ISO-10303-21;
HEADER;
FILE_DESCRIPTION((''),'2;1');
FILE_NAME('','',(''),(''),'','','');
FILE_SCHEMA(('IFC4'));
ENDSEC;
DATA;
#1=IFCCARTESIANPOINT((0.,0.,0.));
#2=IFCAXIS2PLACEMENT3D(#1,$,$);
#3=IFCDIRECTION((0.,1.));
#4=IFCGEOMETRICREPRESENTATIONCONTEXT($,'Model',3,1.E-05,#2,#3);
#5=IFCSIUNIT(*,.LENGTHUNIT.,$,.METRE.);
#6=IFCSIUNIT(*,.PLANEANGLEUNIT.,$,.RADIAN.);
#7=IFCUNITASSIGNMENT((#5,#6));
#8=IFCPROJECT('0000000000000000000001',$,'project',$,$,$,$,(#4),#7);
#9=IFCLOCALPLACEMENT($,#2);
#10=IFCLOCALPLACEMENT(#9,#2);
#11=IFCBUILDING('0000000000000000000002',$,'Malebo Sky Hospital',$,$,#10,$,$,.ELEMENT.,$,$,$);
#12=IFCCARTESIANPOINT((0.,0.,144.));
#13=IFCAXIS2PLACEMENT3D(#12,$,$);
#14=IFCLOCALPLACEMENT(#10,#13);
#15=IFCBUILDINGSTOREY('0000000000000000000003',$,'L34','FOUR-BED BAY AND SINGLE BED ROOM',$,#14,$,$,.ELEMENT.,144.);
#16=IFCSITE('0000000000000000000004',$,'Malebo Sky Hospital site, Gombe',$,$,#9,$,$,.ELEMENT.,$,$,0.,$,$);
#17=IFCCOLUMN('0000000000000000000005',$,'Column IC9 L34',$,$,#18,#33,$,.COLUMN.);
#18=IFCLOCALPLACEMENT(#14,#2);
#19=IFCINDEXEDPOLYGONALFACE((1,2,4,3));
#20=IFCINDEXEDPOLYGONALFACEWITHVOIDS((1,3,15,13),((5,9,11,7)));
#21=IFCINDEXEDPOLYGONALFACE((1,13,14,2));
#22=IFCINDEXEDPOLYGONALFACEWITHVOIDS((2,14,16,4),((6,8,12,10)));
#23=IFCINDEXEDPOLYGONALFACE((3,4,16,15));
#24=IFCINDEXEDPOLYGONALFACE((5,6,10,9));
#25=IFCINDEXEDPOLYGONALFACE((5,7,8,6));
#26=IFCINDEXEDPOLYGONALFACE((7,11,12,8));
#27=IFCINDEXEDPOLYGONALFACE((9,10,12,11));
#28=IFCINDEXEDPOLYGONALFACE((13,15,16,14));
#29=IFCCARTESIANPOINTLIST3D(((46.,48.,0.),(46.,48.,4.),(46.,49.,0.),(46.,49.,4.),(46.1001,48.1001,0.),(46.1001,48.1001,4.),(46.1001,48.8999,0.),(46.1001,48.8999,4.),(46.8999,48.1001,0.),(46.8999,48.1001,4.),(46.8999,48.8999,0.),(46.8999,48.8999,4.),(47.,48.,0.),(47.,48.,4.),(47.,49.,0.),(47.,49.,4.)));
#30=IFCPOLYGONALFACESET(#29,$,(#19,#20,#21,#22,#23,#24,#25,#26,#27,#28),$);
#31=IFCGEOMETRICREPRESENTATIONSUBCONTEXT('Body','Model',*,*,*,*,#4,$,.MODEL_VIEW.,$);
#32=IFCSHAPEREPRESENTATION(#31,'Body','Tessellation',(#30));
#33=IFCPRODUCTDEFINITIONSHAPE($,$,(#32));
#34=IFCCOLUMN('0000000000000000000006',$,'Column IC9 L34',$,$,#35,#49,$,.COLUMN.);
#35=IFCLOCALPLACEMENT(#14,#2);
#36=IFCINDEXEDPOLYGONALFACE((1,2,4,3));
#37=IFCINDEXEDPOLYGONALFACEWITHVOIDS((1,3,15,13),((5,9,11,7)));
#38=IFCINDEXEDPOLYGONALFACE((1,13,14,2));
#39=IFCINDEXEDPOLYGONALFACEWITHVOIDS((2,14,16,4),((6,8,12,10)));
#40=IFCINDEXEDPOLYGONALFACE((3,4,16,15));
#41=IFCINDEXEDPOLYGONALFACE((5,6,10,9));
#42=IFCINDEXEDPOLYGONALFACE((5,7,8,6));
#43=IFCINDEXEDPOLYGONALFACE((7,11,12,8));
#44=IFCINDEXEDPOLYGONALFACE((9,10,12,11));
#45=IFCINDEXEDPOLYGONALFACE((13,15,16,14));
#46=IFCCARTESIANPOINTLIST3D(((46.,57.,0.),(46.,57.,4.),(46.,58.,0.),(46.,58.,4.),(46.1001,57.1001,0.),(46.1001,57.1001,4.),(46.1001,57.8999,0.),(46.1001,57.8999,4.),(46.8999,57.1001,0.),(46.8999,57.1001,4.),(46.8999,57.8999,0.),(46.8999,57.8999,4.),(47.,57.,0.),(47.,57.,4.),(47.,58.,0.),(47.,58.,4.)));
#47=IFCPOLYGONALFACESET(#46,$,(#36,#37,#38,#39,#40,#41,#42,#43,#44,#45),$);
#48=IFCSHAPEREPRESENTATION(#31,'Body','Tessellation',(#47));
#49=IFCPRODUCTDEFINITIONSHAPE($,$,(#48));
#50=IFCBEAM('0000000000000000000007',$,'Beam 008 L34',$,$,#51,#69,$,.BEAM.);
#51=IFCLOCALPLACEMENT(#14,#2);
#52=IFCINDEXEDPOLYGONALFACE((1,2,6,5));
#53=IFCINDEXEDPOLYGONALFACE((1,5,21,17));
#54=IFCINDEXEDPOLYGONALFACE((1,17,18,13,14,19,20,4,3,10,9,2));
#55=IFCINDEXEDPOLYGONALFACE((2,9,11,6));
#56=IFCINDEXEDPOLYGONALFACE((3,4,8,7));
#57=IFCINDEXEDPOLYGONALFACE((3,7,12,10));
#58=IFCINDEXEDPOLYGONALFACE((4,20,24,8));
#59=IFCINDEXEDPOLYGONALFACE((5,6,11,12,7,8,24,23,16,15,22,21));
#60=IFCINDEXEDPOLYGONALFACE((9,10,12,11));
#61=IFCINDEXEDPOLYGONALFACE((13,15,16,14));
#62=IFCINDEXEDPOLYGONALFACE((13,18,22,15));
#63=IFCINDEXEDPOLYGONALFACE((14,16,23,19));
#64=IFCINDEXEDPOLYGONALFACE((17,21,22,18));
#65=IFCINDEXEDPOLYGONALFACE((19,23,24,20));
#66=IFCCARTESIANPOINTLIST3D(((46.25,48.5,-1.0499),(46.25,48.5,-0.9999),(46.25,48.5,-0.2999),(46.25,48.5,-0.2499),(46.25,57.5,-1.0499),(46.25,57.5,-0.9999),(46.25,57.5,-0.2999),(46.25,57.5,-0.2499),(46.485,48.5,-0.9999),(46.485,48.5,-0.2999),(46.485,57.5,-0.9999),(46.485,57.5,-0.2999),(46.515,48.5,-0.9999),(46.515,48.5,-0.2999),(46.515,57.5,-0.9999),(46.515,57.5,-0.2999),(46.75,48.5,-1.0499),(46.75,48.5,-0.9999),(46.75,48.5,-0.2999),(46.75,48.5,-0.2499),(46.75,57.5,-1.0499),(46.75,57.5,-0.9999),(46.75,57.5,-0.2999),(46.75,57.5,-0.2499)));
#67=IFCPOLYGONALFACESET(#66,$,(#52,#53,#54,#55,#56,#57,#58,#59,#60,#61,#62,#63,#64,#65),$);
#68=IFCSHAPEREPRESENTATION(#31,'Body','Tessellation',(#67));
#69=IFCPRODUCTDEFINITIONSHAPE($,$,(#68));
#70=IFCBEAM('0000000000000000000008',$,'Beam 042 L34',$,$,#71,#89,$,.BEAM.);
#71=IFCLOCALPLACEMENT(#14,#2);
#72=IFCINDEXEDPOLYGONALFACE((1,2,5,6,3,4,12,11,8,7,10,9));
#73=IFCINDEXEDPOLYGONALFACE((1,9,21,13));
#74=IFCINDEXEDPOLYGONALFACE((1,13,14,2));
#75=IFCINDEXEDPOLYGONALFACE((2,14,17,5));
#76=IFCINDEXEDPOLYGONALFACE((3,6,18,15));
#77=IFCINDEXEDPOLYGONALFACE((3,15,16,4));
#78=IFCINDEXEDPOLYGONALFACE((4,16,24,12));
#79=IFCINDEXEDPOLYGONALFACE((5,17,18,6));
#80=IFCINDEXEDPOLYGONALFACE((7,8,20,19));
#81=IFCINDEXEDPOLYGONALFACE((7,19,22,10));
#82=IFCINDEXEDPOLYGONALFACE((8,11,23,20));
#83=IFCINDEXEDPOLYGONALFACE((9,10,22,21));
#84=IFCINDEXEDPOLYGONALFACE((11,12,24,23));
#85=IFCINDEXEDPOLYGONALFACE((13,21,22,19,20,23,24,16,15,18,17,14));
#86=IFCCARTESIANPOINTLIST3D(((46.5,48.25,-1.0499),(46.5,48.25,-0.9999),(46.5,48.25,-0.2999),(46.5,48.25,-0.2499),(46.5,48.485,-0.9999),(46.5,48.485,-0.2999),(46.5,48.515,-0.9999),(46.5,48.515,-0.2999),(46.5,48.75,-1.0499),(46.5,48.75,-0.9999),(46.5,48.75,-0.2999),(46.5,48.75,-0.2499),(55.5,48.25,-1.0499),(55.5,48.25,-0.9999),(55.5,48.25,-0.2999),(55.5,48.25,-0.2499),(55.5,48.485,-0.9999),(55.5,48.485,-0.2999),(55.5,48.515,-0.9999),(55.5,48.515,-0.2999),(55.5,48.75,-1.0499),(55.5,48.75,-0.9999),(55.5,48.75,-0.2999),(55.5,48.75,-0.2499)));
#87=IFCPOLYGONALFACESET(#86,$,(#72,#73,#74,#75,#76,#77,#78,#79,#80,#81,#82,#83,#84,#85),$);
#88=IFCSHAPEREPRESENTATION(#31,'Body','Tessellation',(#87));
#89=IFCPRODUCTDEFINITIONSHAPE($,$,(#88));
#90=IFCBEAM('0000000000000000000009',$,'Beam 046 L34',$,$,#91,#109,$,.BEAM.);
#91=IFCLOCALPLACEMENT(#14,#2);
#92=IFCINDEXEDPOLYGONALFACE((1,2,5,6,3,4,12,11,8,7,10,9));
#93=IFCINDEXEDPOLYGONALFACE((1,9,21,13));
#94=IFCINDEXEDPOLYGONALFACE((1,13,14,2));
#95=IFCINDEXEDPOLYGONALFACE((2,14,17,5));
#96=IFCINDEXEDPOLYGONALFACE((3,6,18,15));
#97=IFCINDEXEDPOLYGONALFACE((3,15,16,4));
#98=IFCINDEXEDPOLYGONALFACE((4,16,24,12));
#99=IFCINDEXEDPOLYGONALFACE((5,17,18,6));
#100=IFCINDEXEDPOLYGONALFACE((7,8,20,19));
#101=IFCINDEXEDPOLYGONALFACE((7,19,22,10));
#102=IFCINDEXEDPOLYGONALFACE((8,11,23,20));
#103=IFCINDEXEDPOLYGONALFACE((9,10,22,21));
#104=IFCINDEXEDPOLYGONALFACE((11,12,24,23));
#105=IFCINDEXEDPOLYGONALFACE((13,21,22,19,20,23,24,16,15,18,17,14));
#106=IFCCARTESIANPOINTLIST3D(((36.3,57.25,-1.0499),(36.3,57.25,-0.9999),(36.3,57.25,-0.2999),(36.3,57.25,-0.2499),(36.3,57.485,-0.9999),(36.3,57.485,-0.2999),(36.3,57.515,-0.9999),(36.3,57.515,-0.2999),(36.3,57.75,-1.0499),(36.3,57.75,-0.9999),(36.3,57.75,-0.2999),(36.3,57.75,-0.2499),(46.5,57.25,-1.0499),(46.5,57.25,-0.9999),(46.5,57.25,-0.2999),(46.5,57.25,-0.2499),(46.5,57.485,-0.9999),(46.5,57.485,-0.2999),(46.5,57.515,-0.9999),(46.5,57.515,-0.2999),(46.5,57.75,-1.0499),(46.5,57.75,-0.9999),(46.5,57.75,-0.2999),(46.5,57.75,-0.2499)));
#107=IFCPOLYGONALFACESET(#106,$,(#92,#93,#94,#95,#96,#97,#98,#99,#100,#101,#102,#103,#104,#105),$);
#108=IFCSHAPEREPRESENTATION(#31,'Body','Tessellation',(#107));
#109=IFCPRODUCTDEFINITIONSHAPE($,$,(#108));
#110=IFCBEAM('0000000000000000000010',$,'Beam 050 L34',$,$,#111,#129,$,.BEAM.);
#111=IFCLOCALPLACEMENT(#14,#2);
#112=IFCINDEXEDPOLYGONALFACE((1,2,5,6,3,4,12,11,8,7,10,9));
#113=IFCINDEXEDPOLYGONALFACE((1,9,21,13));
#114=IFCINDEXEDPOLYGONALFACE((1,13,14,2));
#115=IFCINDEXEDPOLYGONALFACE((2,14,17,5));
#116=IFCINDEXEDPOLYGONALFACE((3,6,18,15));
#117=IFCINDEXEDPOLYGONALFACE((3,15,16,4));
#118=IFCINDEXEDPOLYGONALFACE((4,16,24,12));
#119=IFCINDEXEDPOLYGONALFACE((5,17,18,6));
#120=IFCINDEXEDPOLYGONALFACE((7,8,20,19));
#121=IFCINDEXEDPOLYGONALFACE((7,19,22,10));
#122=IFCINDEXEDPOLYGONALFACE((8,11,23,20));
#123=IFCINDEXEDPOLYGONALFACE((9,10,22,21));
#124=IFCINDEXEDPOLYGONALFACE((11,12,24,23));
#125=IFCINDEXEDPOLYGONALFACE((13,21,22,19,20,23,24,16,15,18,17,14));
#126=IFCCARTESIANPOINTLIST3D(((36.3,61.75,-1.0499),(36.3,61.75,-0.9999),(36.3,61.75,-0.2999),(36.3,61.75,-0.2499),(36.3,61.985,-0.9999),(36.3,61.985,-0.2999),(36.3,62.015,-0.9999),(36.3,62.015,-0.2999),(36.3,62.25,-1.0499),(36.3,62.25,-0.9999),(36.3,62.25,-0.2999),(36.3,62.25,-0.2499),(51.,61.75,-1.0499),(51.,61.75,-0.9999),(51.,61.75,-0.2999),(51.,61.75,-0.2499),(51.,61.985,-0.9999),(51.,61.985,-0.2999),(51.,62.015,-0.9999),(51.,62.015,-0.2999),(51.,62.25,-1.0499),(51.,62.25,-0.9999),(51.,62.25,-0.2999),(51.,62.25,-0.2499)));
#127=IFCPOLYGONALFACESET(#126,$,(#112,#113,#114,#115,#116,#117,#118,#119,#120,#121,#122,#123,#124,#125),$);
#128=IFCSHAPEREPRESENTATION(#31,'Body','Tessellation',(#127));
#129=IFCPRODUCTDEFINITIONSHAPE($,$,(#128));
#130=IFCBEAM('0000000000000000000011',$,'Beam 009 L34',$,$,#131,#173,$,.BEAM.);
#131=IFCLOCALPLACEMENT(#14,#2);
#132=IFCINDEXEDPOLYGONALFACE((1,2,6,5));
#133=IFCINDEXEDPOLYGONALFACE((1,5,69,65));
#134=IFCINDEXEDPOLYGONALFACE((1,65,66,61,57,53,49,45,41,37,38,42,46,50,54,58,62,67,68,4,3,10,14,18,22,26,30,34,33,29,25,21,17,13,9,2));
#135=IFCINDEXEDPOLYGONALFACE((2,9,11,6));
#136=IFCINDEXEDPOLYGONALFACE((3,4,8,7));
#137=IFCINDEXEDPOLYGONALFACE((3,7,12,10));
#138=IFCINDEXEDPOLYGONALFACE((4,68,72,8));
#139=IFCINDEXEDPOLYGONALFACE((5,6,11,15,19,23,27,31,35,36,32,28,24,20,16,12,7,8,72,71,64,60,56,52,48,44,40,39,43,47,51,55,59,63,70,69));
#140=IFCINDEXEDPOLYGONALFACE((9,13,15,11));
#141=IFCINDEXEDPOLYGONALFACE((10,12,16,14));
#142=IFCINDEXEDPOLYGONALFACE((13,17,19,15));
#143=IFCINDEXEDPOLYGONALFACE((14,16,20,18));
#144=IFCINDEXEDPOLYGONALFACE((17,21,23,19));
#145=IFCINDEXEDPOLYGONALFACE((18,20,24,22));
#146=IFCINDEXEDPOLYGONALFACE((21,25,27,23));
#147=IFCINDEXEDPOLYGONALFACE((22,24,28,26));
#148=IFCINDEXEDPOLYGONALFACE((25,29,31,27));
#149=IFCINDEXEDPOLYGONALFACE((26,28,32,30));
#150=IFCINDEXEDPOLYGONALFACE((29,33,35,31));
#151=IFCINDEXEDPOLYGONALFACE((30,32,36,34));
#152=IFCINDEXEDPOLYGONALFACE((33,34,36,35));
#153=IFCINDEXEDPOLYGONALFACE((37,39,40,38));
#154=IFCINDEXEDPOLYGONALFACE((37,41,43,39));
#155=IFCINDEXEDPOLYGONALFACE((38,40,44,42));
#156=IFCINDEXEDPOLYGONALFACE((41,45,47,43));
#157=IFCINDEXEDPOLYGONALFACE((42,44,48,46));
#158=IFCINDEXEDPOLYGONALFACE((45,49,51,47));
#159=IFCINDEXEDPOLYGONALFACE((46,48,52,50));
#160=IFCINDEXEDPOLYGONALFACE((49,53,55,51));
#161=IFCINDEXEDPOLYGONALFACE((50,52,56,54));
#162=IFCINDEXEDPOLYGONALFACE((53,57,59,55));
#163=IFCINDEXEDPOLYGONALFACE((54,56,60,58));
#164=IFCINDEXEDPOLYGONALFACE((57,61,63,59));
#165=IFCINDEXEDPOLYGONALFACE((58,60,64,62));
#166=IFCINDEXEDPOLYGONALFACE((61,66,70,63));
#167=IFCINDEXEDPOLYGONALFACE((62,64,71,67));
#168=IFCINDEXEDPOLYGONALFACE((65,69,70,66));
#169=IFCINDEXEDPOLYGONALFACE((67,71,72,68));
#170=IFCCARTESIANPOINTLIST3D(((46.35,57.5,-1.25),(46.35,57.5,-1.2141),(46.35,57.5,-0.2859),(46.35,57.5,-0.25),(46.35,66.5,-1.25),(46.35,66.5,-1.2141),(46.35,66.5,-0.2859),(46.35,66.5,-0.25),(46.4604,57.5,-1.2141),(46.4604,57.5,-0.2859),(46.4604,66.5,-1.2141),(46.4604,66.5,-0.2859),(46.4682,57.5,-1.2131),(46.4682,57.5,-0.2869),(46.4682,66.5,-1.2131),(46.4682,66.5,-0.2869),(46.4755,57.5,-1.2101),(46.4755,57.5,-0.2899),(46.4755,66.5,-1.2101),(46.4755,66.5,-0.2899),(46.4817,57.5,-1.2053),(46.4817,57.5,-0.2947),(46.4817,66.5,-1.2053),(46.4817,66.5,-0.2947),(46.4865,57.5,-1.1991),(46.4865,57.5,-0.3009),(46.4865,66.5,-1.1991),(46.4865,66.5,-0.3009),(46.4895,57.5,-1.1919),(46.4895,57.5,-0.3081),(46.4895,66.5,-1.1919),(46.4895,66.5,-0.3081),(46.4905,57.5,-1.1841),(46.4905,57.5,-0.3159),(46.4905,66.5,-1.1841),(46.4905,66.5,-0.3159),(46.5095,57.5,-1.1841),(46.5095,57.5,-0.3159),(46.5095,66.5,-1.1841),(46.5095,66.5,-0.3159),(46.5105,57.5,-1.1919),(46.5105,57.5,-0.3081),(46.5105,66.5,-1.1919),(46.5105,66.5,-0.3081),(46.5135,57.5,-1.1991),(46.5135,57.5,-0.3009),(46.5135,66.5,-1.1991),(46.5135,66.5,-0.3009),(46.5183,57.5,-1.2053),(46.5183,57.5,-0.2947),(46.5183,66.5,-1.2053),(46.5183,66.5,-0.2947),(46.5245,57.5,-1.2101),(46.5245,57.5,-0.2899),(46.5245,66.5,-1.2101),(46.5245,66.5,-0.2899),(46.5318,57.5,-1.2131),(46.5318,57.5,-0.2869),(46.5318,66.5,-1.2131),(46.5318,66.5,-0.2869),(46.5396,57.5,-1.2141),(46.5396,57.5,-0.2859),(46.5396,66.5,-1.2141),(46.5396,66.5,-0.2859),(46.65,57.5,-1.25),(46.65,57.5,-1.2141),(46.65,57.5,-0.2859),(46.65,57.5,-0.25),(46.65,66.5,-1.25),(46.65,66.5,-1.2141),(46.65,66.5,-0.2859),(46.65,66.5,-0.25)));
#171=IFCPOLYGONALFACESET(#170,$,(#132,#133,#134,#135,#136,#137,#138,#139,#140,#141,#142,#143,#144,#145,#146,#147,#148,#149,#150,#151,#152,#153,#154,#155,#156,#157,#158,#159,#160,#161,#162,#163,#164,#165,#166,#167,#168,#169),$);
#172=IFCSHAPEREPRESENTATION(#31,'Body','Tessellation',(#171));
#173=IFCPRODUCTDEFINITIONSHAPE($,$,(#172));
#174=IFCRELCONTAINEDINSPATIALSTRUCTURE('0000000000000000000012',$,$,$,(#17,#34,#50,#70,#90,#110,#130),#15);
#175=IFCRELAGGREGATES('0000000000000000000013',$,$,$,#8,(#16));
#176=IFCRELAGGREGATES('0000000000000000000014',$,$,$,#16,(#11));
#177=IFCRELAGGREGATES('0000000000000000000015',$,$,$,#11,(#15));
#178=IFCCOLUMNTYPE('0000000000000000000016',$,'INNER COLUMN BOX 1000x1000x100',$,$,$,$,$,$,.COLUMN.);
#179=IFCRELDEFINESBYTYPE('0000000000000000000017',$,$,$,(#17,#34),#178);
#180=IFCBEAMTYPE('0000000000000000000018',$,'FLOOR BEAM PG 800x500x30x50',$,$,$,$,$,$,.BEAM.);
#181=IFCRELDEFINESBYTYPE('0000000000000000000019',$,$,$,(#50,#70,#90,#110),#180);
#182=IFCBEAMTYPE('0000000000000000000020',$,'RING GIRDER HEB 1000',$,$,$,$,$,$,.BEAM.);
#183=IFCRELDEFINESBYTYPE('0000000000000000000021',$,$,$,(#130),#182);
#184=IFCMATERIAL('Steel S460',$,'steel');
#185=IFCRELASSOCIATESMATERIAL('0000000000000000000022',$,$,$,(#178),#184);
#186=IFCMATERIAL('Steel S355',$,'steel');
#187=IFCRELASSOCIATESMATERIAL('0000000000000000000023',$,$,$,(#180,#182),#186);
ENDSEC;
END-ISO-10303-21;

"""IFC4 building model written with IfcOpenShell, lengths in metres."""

from ifc_helpers import new_model, si_unit, direction, frame, origin, origin_2d, place, context, subcontext, project, spatial, hollow_rectangle, i_section, extrude, material, material_profile, profile_set, type_object, element, save


model = new_model("IFC4")

# Units and contexts
model_context = context("Model", 3, precision=1e-05, world=origin(), true_north=direction((0.0, 1.0)))
body_context = subcontext(model_context, "Body", "Model", "MODEL_VIEW")
ifc_project = project(units=[si_unit("LENGTHUNIT", "METRE"), si_unit("PLANEANGLEUNIT", "RADIAN")], contexts=[model_context])

# Site, building, storey
site_placement = place(None, origin())
site = spatial("IfcSite", under=ifc_project, at=site_placement, Name="Malebo Sky Hospital site, Gombe", CompositionType="ELEMENT", RefElevation=0.0)
building_placement = place(site_placement, origin())
building = spatial("IfcBuilding", under=site, at=building_placement, Name="Malebo Sky Hospital", CompositionType="ELEMENT")
storey_placement = place(building_placement, frame((0.0, 0.0, 144.0)))
storey = spatial("IfcBuildingStorey", under=building, at=storey_placement, Name="L34", Description="FOUR-BED BAY AND SINGLE BED ROOM", CompositionType="ELEMENT", Elevation=144.0)

# Columns
ifc_material_1 = material(Name="Steel S460", Category="steel")
ifc_material_profile_1 = material_profile(ifc_material_1, hollow_rectangle(XDim=1.0, YDim=1.0, WallThickness=0.1001, at=origin_2d()), Name="BOX 1000x1000x100")
ifc_profile_set_1 = profile_set([ifc_material_profile_1], Name="Steel S460")
column_type = type_object("IfcColumnType", Name="INNER COLUMN BOX 1000x1000x100", PredefinedType="COLUMN", material=ifc_profile_set_1)
for number, where, z_axis, x_axis, name in (
    (1, (46.5, 48.5, 0.0), (0.0, 0.0, 1.0), (1.0, 0.0, 0.0), "Column IC9 L34"),
    (2, (46.5, 57.5, 0.0), (0.0, 0.0, 1.0), (1.0, 0.0, 0.0), "Column IC9 L34"),
):
    element("IfcColumn", number, at=place(storey_placement, frame(where, z_axis=z_axis, x_axis=x_axis)), inside=storey, type_object=column_type, Name=name, PredefinedType="COLUMN", context=body_context, shape_type="SweptSolid", body=[
        extrude(hollow_rectangle(XDim=1.0, YDim=1.0, WallThickness=0.1001, at=origin_2d()), origin(), (0.0, 0.0, 1.0), 4.0),
    ])

# Beams
ifc_material_2 = material(Name="Steel S355", Category="steel")
ifc_material_profile_2 = material_profile(ifc_material_2, i_section(OverallWidth=0.5, OverallDepth=0.8, WebThickness=0.03, FlangeThickness=0.05, at=origin_2d()), Name="PG 800x500x30x50")
ifc_profile_set_2 = profile_set([ifc_material_profile_2], Name="Steel S355")
beam_type_1 = type_object("IfcBeamType", Name="FLOOR BEAM PG 800x500x30x50", PredefinedType="BEAM", material=ifc_profile_set_2)
for number, where, z_axis, x_axis, name in (
    (3, (46.5, 48.5, -0.6499), (0.0, 1.0, 0.0), (-1.0, 0.0, 0.0), "Beam 008 L34"),
    (4, (46.5, 48.5, -0.6499), (1.0, 0.0, 0.0), (0.0, 1.0, 0.0), "Beam 042 L34"),
):
    element("IfcBeam", number, at=place(storey_placement, frame(where, z_axis=z_axis, x_axis=x_axis)), inside=storey, type_object=beam_type_1, Name=name, PredefinedType="BEAM", context=body_context, shape_type="SweptSolid", body=[
        extrude(i_section(OverallWidth=0.5, OverallDepth=0.8, WebThickness=0.03, FlangeThickness=0.05, at=origin_2d()), origin(), (0.0, 0.0, 1.0), 9.0),
    ])
beam_1_placement = place(storey_placement, frame((36.3, 57.5, -0.6499), z_axis=(1.0, 0.0, 0.0), x_axis=(0.0, 1.0, 0.0)))
element("IfcBeam", 5, at=beam_1_placement, inside=storey, type_object=beam_type_1, Name="Beam 046 L34", PredefinedType="BEAM", context=body_context, shape_type="SweptSolid", body=[
    extrude(i_section(OverallWidth=0.5, OverallDepth=0.8, WebThickness=0.03, FlangeThickness=0.05, at=origin_2d()), origin(), (0.0, 0.0, 1.0), 10.2),
])
beam_2_placement = place(storey_placement, frame((36.3, 62.0, -0.6499), z_axis=(1.0, 0.0, 0.0), x_axis=(0.0, 1.0, 0.0)))
element("IfcBeam", 6, at=beam_2_placement, inside=storey, type_object=beam_type_1, Name="Beam 050 L34", PredefinedType="BEAM", context=body_context, shape_type="SweptSolid", body=[
    extrude(i_section(OverallWidth=0.5, OverallDepth=0.8, WebThickness=0.03, FlangeThickness=0.05, at=origin_2d()), origin(), (0.0, 0.0, 1.0), 14.7),
])
ifc_material_profile_3 = material_profile(ifc_material_2, i_section(OverallWidth=0.3, OverallDepth=1.0, WebThickness=0.019, FlangeThickness=0.0359, FilletRadius=0.03, at=origin_2d()), Name="HEB 1000")
ifc_profile_set_3 = profile_set([ifc_material_profile_3], Name="Steel S355")
beam_type_2 = type_object("IfcBeamType", Name="RING GIRDER HEB 1000", PredefinedType="BEAM", material=ifc_profile_set_3)
beam_3_placement = place(storey_placement, frame((46.5, 57.5, -0.75), z_axis=(0.0, 1.0, 0.0), x_axis=(-1.0, 0.0, 0.0)))
element("IfcBeam", 7, at=beam_3_placement, inside=storey, type_object=beam_type_2, Name="Beam 009 L34", PredefinedType="BEAM", context=body_context, shape_type="SweptSolid", body=[
    extrude(i_section(OverallWidth=0.3, OverallDepth=1.0, WebThickness=0.019, FlangeThickness=0.0359, FilletRadius=0.03, at=origin_2d()), origin(), (0.0, 0.0, 1.0), 9.0),
])

save(model, "model.ifc")
